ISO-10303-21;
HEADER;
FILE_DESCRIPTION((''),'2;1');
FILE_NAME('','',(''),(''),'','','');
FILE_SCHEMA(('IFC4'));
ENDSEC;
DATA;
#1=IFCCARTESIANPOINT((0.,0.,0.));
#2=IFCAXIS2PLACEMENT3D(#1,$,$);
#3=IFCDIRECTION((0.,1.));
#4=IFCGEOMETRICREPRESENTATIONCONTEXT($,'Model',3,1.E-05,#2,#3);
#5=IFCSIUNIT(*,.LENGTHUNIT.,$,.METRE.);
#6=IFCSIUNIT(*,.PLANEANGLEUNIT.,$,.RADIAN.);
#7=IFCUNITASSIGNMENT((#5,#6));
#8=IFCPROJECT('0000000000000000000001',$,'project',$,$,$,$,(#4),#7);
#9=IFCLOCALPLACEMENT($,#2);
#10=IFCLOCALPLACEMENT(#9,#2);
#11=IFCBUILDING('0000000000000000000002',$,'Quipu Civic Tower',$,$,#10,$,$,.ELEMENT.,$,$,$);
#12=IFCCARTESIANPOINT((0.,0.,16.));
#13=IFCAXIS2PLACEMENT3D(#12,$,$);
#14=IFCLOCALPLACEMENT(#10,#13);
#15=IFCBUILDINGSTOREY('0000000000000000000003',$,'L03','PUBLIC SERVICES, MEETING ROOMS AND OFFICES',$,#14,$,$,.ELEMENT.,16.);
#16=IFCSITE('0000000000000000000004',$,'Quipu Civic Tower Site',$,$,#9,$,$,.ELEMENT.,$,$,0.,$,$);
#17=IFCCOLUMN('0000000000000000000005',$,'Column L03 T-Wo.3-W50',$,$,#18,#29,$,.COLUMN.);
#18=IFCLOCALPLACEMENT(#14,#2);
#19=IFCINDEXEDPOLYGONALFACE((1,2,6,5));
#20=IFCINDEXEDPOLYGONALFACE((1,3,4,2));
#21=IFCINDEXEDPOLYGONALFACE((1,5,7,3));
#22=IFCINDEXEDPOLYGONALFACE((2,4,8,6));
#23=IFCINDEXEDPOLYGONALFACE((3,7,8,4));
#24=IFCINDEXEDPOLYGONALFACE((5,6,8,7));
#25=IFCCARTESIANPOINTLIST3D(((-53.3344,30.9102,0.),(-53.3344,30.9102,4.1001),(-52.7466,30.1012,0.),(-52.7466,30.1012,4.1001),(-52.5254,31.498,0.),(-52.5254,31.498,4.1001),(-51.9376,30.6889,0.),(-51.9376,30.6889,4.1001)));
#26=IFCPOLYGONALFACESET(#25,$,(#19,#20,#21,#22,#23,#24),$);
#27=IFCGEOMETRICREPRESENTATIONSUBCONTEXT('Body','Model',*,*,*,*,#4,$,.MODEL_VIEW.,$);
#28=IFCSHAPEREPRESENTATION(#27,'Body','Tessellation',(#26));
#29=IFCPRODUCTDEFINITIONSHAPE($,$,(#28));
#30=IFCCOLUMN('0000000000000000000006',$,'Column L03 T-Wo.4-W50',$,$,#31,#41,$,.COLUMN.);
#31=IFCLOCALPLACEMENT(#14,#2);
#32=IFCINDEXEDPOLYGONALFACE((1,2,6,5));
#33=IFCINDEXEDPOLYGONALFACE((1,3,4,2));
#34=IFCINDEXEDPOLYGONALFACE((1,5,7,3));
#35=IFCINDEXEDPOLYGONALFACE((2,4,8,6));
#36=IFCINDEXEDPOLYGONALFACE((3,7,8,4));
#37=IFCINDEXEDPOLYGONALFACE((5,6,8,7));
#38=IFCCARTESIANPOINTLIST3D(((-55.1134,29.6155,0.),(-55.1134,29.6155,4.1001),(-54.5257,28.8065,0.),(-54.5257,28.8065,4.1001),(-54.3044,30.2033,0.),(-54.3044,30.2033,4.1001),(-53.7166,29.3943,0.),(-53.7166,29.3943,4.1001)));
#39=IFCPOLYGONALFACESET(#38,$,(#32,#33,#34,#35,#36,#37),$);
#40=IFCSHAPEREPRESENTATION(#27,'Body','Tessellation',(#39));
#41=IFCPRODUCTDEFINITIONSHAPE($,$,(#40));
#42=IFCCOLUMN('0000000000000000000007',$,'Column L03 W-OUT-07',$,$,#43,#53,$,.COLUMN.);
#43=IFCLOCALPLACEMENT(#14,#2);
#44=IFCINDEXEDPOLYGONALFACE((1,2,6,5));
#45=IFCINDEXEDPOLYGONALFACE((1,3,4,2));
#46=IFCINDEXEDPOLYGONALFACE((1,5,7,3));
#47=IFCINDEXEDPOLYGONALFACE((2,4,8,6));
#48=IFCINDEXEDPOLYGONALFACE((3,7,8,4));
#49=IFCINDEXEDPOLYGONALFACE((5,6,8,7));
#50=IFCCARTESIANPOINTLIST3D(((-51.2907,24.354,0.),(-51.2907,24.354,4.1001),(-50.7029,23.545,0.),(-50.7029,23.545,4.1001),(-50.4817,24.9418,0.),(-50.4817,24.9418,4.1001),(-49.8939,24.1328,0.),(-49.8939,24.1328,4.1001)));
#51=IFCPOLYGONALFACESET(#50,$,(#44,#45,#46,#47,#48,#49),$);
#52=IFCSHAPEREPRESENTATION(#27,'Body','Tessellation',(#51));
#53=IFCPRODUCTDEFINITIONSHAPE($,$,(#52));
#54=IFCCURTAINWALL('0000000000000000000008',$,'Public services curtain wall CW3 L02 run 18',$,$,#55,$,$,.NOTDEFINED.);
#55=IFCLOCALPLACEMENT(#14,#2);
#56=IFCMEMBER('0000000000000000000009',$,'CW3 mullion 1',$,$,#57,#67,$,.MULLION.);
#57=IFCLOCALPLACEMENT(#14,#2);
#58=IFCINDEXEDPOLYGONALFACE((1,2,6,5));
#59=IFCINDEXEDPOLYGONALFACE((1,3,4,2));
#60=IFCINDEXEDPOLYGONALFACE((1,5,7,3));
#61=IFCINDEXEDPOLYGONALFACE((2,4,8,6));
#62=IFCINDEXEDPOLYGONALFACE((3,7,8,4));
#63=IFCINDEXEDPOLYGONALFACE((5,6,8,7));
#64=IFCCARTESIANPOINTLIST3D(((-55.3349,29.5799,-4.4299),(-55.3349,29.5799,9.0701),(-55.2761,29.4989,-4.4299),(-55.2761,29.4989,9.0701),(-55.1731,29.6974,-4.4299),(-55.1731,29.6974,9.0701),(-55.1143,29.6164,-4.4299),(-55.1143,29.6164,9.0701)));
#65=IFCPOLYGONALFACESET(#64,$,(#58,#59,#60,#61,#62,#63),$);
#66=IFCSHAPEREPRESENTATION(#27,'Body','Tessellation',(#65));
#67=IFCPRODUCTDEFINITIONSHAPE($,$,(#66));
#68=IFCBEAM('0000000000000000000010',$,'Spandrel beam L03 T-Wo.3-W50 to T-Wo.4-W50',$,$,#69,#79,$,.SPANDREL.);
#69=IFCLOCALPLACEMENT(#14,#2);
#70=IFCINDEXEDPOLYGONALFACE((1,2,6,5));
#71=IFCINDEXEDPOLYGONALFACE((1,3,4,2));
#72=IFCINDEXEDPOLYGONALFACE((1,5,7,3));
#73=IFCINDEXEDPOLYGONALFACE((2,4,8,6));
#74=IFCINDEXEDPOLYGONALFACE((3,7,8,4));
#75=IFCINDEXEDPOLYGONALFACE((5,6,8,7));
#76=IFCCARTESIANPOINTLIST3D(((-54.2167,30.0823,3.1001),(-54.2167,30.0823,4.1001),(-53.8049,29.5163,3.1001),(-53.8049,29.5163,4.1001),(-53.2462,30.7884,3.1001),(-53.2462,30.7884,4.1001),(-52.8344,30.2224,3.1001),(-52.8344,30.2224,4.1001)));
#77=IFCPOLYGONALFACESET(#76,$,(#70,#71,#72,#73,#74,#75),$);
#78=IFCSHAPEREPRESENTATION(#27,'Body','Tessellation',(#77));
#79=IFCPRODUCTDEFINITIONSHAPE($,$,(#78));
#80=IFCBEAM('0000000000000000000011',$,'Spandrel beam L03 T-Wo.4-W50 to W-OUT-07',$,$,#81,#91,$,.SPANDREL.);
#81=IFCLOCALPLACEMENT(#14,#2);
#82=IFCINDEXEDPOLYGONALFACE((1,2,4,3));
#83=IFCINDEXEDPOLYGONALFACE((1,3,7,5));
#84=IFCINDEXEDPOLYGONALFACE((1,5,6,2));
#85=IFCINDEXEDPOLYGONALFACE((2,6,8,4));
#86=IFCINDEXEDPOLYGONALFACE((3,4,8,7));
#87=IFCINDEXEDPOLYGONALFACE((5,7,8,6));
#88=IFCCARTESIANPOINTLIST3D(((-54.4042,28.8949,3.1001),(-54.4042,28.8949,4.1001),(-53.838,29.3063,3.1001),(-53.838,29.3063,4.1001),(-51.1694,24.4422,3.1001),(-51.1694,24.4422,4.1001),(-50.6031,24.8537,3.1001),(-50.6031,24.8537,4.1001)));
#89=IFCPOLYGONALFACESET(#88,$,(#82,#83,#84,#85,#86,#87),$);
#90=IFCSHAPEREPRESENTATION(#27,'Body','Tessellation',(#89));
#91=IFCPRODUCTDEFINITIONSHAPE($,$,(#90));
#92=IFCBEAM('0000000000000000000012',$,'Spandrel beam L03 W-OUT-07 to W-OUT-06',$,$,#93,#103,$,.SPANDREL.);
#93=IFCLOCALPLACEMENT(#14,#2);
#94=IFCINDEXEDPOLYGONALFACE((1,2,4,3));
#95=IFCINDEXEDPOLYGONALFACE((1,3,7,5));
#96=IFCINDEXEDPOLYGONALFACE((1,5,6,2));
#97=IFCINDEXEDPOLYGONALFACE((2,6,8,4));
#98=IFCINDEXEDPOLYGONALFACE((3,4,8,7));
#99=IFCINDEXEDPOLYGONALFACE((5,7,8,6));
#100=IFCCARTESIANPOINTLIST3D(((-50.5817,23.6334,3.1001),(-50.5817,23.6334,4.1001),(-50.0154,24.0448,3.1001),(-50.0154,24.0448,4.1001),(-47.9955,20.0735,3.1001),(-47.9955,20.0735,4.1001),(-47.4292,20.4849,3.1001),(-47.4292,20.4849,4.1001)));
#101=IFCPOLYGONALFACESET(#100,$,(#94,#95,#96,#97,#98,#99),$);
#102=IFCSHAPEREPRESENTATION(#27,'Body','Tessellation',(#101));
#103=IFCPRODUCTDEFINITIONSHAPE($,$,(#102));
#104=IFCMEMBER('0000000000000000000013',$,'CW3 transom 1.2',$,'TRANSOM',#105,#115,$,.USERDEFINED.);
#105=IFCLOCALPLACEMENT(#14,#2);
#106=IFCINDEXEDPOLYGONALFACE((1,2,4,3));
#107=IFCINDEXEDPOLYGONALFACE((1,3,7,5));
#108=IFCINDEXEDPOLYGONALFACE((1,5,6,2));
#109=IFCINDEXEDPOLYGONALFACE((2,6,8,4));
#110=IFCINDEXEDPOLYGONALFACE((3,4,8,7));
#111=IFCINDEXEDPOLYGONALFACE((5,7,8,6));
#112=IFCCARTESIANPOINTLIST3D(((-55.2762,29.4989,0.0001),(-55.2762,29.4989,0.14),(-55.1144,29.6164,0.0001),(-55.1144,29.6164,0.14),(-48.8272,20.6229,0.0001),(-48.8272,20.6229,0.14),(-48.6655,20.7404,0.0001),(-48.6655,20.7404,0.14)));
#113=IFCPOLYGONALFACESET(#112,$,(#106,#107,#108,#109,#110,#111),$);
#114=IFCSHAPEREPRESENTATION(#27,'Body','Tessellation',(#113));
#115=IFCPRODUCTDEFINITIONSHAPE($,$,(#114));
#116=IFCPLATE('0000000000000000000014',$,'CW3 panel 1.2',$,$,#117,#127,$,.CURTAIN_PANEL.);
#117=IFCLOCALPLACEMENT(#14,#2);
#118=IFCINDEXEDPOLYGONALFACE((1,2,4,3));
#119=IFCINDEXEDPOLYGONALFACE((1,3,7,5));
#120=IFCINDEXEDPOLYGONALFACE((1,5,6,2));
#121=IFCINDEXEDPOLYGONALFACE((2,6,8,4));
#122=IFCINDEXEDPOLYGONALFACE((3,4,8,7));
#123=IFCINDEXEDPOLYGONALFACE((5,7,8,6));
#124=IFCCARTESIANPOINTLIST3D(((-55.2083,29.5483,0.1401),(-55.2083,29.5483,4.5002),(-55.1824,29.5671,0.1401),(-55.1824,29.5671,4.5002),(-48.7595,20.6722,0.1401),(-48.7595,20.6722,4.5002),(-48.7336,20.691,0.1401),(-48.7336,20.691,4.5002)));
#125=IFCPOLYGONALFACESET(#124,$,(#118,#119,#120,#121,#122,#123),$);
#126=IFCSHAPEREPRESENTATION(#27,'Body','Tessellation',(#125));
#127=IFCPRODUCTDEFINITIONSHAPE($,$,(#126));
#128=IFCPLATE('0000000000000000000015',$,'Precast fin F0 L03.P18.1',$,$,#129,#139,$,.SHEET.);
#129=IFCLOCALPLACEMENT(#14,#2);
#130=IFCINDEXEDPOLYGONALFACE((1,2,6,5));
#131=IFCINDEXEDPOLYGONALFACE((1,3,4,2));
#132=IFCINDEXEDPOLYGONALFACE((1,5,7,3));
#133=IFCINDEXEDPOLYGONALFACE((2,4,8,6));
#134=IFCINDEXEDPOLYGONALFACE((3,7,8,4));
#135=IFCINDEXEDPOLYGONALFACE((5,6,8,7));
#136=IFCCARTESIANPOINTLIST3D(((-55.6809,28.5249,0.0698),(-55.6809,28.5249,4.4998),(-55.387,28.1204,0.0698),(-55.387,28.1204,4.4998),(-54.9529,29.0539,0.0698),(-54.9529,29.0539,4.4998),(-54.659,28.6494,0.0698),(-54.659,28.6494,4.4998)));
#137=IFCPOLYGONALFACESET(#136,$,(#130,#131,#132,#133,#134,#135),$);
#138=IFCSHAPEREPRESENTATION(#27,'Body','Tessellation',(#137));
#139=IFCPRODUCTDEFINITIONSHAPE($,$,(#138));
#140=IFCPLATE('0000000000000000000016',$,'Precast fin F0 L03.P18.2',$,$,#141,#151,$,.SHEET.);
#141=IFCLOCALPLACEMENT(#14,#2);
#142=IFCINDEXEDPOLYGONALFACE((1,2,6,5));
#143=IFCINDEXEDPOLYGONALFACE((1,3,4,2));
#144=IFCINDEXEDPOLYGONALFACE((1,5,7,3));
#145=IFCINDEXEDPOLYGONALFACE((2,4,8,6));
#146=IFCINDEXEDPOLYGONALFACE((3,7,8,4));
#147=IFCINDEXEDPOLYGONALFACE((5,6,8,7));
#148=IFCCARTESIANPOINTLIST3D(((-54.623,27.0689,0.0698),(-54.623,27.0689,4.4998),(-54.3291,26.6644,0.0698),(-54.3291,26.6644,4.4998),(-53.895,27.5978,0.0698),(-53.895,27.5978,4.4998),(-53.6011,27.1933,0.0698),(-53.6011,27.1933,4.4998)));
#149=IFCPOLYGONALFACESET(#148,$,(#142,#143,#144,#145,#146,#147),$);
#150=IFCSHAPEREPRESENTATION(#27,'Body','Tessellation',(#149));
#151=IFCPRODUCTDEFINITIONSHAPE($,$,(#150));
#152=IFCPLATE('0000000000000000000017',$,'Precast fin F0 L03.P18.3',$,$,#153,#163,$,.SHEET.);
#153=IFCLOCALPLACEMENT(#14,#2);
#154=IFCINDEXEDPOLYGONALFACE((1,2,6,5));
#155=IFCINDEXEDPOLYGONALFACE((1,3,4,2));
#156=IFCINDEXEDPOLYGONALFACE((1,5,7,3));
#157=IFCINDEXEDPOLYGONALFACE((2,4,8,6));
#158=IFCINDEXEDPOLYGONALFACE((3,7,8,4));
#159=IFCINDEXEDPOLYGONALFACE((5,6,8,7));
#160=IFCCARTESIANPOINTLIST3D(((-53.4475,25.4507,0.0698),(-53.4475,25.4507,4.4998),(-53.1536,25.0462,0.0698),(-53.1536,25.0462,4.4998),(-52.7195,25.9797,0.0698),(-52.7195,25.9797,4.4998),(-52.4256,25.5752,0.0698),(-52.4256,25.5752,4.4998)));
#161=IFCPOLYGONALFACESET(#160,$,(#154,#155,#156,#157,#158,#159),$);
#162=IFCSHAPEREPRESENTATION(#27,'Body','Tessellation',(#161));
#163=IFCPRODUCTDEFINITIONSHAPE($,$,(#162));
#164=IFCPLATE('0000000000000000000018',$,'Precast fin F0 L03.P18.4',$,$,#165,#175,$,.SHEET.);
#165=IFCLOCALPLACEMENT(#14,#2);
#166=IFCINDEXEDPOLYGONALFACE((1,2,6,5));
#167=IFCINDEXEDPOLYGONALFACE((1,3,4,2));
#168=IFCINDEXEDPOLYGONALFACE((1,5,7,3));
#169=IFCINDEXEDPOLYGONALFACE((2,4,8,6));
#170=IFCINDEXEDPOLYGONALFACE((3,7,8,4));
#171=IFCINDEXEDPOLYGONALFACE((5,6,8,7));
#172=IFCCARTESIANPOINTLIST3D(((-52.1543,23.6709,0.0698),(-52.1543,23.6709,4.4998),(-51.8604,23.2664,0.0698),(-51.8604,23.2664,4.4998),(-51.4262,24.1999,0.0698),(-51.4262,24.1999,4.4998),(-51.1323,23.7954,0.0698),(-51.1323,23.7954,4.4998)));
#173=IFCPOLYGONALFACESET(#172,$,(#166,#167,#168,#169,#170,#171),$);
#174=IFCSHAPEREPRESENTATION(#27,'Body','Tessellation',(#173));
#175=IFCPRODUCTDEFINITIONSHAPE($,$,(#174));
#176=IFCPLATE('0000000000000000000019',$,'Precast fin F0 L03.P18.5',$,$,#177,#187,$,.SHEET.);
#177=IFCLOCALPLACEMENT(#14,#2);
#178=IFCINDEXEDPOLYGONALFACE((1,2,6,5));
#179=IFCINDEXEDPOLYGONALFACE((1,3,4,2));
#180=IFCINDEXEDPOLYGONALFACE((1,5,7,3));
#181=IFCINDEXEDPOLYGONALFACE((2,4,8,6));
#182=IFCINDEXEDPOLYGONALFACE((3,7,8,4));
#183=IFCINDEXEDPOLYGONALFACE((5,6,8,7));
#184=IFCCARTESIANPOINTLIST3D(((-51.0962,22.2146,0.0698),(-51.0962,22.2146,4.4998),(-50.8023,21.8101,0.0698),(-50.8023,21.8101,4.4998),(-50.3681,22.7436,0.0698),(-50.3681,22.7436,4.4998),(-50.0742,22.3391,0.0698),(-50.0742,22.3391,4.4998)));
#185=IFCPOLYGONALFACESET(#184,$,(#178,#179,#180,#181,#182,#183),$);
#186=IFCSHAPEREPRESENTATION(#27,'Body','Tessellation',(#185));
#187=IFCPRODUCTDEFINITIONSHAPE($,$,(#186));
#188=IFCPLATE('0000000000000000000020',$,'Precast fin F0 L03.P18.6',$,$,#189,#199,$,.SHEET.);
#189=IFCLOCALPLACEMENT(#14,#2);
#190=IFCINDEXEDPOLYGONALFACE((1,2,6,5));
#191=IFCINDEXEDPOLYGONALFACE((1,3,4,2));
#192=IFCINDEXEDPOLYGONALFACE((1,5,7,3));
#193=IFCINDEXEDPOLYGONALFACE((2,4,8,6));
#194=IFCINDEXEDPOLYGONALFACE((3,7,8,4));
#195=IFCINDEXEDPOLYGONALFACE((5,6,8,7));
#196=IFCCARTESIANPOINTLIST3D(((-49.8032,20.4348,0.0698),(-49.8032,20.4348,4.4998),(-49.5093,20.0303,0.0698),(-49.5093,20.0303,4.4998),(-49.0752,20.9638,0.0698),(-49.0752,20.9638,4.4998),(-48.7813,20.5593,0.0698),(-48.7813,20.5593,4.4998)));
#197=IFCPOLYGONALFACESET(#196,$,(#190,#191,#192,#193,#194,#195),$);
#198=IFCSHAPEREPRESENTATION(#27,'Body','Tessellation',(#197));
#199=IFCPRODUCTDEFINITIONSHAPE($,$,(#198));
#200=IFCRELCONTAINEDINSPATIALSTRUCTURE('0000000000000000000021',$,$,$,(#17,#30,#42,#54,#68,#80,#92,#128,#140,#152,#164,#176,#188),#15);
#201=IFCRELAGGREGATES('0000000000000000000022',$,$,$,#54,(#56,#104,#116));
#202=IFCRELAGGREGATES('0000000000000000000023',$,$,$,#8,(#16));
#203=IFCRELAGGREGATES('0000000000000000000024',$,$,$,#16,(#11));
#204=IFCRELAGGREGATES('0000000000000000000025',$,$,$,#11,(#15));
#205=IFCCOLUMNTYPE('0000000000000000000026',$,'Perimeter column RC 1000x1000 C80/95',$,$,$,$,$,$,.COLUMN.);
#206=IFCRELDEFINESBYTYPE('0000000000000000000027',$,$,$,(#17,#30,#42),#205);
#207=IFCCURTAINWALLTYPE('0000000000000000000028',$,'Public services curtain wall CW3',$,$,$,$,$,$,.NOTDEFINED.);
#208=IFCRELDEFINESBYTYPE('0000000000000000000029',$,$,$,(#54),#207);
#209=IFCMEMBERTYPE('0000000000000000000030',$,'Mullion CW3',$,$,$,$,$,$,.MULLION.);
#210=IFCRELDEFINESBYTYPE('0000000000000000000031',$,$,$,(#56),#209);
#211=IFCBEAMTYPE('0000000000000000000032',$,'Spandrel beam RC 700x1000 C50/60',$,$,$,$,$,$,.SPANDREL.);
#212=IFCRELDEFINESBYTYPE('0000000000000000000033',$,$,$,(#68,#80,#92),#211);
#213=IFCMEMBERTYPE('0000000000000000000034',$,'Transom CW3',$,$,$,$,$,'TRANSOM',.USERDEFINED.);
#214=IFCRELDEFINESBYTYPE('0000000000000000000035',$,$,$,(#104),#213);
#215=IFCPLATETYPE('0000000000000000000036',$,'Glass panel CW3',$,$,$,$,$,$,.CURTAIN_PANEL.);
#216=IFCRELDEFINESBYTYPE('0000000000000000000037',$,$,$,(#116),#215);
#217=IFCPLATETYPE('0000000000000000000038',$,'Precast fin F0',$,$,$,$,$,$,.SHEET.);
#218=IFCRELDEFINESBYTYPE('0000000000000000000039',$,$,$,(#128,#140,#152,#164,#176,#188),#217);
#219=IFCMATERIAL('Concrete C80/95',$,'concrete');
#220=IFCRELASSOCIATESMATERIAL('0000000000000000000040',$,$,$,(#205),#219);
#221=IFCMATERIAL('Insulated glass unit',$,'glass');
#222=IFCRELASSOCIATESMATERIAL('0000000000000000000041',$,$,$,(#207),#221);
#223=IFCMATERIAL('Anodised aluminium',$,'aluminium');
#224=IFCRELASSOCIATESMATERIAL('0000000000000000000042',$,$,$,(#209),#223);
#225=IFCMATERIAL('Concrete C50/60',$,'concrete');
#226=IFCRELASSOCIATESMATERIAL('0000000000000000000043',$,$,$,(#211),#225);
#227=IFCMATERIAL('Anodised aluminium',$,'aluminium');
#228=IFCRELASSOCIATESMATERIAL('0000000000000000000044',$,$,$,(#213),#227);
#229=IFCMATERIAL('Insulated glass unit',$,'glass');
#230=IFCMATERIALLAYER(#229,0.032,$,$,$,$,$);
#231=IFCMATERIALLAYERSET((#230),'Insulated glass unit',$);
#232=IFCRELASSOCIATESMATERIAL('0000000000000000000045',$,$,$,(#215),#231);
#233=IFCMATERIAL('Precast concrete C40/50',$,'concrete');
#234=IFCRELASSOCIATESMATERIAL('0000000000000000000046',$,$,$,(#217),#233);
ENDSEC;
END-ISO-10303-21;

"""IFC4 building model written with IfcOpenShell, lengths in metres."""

from ifc_helpers import new_model, si_unit, direction, frame, origin, origin_2d, place, context, subcontext, project, spatial, rectangle, extrude, material, layer, layer_set, material_profile, profile_set, type_object, element, aggregate, save


model = new_model("IFC4")

# Units and contexts
model_context = context("Model", 3, precision=1e-05, world=origin(), true_north=direction((0.0, 1.0)))
body_context = subcontext(model_context, "Body", "Model", "MODEL_VIEW")
ifc_project = project(units=[si_unit("LENGTHUNIT", "METRE"), si_unit("PLANEANGLEUNIT", "RADIAN")], contexts=[model_context])

# Site, building, storey
site_placement = place(None, origin())
site = spatial("IfcSite", under=ifc_project, at=site_placement, Name="Quipu Civic Tower Site", CompositionType="ELEMENT", RefElevation=0.0)
building_placement = place(site_placement, origin())
building = spatial("IfcBuilding", under=site, at=building_placement, Name="Quipu Civic Tower", CompositionType="ELEMENT")
storey_placement = place(building_placement, frame((0.0, 0.0, 16.0)))
storey = spatial("IfcBuildingStorey", under=building, at=storey_placement, Name="L03", Description="PUBLIC SERVICES, MEETING ROOMS AND OFFICES", CompositionType="ELEMENT", Elevation=16.0)

# Columns
ifc_material_1 = material(Name="Concrete C80/95", Category="concrete")
ifc_material_profile_1 = material_profile(ifc_material_1, rectangle(XDim=1.0, YDim=1.0, at=origin_2d()), Name="RC1000x1000")
ifc_profile_set_1 = profile_set([ifc_material_profile_1], Name="Concrete C80/95")
column_type = type_object("IfcColumnType", Name="Perimeter column RC 1000x1000 C80/95", PredefinedType="COLUMN", material=ifc_profile_set_1)
for number, where, z_axis, x_axis, name in (
    (1, (-52.636, 30.7996, 0.0), (0.0, 0.0, 1.0), (-0.809017, -0.587785, 0.0), "Column L03 T-Wo.3-W50"),
    (2, (-54.415, 29.5049, 0.0), (0.0, 0.0, 1.0), (0.587785, -0.809017, 0.0), "Column L03 T-Wo.4-W50"),
    (3, (-50.5923, 24.2434, 0.0), (0.0, 0.0, 1.0), (0.587785, -0.809017, 0.0), "Column L03 W-OUT-07"),
):
    element("IfcColumn", number, at=place(storey_placement, frame(where, z_axis=z_axis, x_axis=x_axis)), inside=storey, type_object=column_type, Name=name, PredefinedType="COLUMN", context=body_context, shape_type="SweptSolid", body=[
        extrude(rectangle(XDim=1.0, YDim=1.0, at=origin_2d()), origin(), (0.0, 0.0, 1.0), 4.1001),
    ])

# Curtain wall, member
ifc_material_2 = material(Name="Insulated glass unit", Category="glass")
curtain_wall_type = type_object("IfcCurtainWallType", Name="Public services curtain wall CW3", PredefinedType="NOTDEFINED", material=ifc_material_2)
curtain_wall_placement = place(storey_placement, origin())
curtain_wall = element("IfcCurtainWall", 4, at=curtain_wall_placement, inside=storey, type_object=curtain_wall_type, Name="Public services curtain wall CW3 L02 run 18", PredefinedType="NOTDEFINED")
ifc_material_3 = material(Name="Anodised aluminium", Category="aluminium")
ifc_material_profile_2 = material_profile(ifc_material_3, rectangle(XDim=0.2, YDim=0.1001, at=origin_2d()), Name="RECT 200x100")
ifc_profile_set_2 = profile_set([ifc_material_profile_2], Name="Anodised aluminium")
member_type_1 = type_object("IfcMemberType", Name="Mullion CW3", PredefinedType="MULLION", material=ifc_profile_set_2)
member_1_placement = place(storey_placement, frame((-55.2246, 29.5981, -4.4299), z_axis=(0.0, 0.0, 1.0), x_axis=(0.809017, 0.587785, 0.0)))
member_1 = element("IfcMember", 5, at=member_1_placement, type_object=member_type_1, Name="CW3 mullion 1", PredefinedType="MULLION", context=body_context, shape_type="SweptSolid", body=[
    extrude(rectangle(XDim=0.2, YDim=0.1001, at=origin_2d()), origin(), (0.0, 0.0, 1.0), 13.5),
])

# Beams
ifc_material_4 = material(Name="Concrete C50/60", Category="concrete")
ifc_material_profile_3 = material_profile(ifc_material_4, rectangle(XDim=0.7, YDim=1.0, at=origin_2d()), Name="RC700x1000")
ifc_profile_set_3 = profile_set([ifc_material_profile_3], Name="Concrete C50/60")
beam_type = type_object("IfcBeamType", Name="Spandrel beam RC 700x1000 C50/60", PredefinedType="SPANDREL", material=ifc_profile_set_3)
beam_1_placement = place(storey_placement, frame((-53.0403, 30.5054, 3.6001), z_axis=(-0.808631, -0.588317, 0.0), x_axis=(0.588317, -0.808631, 0.0)))
element("IfcBeam", 6, at=beam_1_placement, inside=storey, type_object=beam_type, Name="Spandrel beam L03 T-Wo.3-W50 to T-Wo.4-W50", PredefinedType="SPANDREL", context=body_context, shape_type="SweptSolid", body=[
    extrude(rectangle(XDim=0.7, YDim=1.0, at=origin_2d()), origin(), (0.0, 0.0, 1.0), 1.2002),
])
beam_2_placement = place(storey_placement, frame((-54.1211, 29.1006, 3.6001), z_axis=(0.587765, -0.809031, 0.0), x_axis=(0.809031, 0.587765, 0.0)))
element("IfcBeam", 7, at=beam_2_placement, inside=storey, type_object=beam_type, Name="Spandrel beam L03 T-Wo.4-W50 to W-OUT-07", PredefinedType="SPANDREL", context=body_context, shape_type="SweptSolid", body=[
    extrude(rectangle(XDim=0.7, YDim=1.0, at=origin_2d()), origin(), (0.0, 0.0, 1.0), 5.5037),
])
beam_3_placement = place(storey_placement, frame((-50.2986, 23.8391, 3.6001), z_axis=(0.587759, -0.809036, 0.0), x_axis=(0.809036, 0.587759, 0.0)))
element("IfcBeam", 8, at=beam_3_placement, inside=storey, type_object=beam_type, Name="Spandrel beam L03 W-OUT-07 to W-OUT-06", PredefinedType="SPANDREL", context=body_context, shape_type="SweptSolid", body=[
    extrude(rectangle(XDim=0.7, YDim=1.0, at=origin_2d()), origin(), (0.0, 0.0, 1.0), 4.4001),
])

# Member
ifc_material_5 = material(Name="Anodised aluminium", Category="aluminium")
ifc_material_profile_4 = material_profile(ifc_material_5, rectangle(XDim=0.2, YDim=0.1399, at=origin_2d()), Name="RECT 200x140")
ifc_profile_set_4 = profile_set([ifc_material_profile_4], Name="Anodised aluminium")
member_type_2 = type_object("IfcMemberType", Name="Transom CW3", ElementType="TRANSOM", PredefinedType="USERDEFINED", material=ifc_profile_set_4)
member_2_placement = place(storey_placement, frame((-55.1953, 29.5576, 0.0701), z_axis=(0.587797, -0.809008, 0.0), x_axis=(0.809008, 0.587797, 0.0)))
member_2 = element("IfcMember", 9, at=member_2_placement, type_object=member_type_2, Name="CW3 transom 1.2", ObjectType="TRANSOM", PredefinedType="USERDEFINED", context=body_context, shape_type="SweptSolid", body=[
    extrude(rectangle(XDim=0.2, YDim=0.1399, at=origin_2d()), origin(), (0.0, 0.0, 1.0), 10.9714),
])

# Plate
ifc_material_6 = material(Name="Insulated glass unit", Category="glass")
ifc_layer = layer(ifc_material_6, 0.032)
ifc_layer_set = layer_set([ifc_layer], Name="Insulated glass unit")
plate_type_1 = type_object("IfcPlateType", Name="Glass panel CW3", PredefinedType="CURTAIN_PANEL", material=ifc_layer_set)
plate_placement = place(storey_placement, frame((-51.9709, 25.1196, 0.1401), z_axis=(0.0, 0.0, 1.0), x_axis=(0.587785, -0.809017, 0.0)))
plate = element("IfcPlate", 10, at=plate_placement, type_object=plate_type_1, Name="CW3 panel 1.2", PredefinedType="CURTAIN_PANEL", context=body_context, shape_type="SweptSolid", body=[
    extrude(rectangle(XDim=10.9714, YDim=0.032, at=origin_2d()), origin(), (0.0, 0.0, 1.0), 4.3601),
])
aggregate(curtain_wall, [member_1, member_2, plate])

# Plates
ifc_material_7 = material(Name="Precast concrete C40/50", Category="concrete")
plate_type_2 = type_object("IfcPlateType", Name="Precast fin F0", PredefinedType="SHEET", material=ifc_material_7)
for number, where, z_axis, x_axis, name in (
    (11, (-55.1699, 28.5872, 0.0698), (0.0, 0.0, 1.0), (0.587786, -0.809017, 0.0), "Precast fin F0 L03.P18.1"),
    (12, (-54.1121, 27.1311, 0.0698), (0.0, 0.0, 1.0), (0.587786, -0.809017, 0.0), "Precast fin F0 L03.P18.2"),
    (13, (-52.9365, 25.5129, 0.0698), (0.0, 0.0, 1.0), (0.587786, -0.809017, 0.0), "Precast fin F0 L03.P18.3"),
    (14, (-51.6433, 23.7332, 0.0698), (0.0, 0.0, 1.0), (0.587786, -0.809017, 0.0), "Precast fin F0 L03.P18.4"),
    (15, (-50.5852, 22.2769, 0.0698), (0.0, 0.0, 1.0), (0.587786, -0.809017, 0.0), "Precast fin F0 L03.P18.5"),
    (16, (-49.2922, 20.4971, 0.0698), (0.0, 0.0, 1.0), (0.587786, -0.809017, 0.0), "Precast fin F0 L03.P18.6"),
):
    element("IfcPlate", number, at=place(storey_placement, frame(where, z_axis=z_axis, x_axis=x_axis)), inside=storey, type_object=plate_type_2, Name=name, PredefinedType="SHEET", context=body_context, shape_type="SweptSolid", body=[
        extrude(rectangle(XDim=0.5, YDim=0.8999, at=origin_2d()), origin(), (0.0, 0.0, 1.0), 4.4299),
    ])

save(model, "model.ifc")
